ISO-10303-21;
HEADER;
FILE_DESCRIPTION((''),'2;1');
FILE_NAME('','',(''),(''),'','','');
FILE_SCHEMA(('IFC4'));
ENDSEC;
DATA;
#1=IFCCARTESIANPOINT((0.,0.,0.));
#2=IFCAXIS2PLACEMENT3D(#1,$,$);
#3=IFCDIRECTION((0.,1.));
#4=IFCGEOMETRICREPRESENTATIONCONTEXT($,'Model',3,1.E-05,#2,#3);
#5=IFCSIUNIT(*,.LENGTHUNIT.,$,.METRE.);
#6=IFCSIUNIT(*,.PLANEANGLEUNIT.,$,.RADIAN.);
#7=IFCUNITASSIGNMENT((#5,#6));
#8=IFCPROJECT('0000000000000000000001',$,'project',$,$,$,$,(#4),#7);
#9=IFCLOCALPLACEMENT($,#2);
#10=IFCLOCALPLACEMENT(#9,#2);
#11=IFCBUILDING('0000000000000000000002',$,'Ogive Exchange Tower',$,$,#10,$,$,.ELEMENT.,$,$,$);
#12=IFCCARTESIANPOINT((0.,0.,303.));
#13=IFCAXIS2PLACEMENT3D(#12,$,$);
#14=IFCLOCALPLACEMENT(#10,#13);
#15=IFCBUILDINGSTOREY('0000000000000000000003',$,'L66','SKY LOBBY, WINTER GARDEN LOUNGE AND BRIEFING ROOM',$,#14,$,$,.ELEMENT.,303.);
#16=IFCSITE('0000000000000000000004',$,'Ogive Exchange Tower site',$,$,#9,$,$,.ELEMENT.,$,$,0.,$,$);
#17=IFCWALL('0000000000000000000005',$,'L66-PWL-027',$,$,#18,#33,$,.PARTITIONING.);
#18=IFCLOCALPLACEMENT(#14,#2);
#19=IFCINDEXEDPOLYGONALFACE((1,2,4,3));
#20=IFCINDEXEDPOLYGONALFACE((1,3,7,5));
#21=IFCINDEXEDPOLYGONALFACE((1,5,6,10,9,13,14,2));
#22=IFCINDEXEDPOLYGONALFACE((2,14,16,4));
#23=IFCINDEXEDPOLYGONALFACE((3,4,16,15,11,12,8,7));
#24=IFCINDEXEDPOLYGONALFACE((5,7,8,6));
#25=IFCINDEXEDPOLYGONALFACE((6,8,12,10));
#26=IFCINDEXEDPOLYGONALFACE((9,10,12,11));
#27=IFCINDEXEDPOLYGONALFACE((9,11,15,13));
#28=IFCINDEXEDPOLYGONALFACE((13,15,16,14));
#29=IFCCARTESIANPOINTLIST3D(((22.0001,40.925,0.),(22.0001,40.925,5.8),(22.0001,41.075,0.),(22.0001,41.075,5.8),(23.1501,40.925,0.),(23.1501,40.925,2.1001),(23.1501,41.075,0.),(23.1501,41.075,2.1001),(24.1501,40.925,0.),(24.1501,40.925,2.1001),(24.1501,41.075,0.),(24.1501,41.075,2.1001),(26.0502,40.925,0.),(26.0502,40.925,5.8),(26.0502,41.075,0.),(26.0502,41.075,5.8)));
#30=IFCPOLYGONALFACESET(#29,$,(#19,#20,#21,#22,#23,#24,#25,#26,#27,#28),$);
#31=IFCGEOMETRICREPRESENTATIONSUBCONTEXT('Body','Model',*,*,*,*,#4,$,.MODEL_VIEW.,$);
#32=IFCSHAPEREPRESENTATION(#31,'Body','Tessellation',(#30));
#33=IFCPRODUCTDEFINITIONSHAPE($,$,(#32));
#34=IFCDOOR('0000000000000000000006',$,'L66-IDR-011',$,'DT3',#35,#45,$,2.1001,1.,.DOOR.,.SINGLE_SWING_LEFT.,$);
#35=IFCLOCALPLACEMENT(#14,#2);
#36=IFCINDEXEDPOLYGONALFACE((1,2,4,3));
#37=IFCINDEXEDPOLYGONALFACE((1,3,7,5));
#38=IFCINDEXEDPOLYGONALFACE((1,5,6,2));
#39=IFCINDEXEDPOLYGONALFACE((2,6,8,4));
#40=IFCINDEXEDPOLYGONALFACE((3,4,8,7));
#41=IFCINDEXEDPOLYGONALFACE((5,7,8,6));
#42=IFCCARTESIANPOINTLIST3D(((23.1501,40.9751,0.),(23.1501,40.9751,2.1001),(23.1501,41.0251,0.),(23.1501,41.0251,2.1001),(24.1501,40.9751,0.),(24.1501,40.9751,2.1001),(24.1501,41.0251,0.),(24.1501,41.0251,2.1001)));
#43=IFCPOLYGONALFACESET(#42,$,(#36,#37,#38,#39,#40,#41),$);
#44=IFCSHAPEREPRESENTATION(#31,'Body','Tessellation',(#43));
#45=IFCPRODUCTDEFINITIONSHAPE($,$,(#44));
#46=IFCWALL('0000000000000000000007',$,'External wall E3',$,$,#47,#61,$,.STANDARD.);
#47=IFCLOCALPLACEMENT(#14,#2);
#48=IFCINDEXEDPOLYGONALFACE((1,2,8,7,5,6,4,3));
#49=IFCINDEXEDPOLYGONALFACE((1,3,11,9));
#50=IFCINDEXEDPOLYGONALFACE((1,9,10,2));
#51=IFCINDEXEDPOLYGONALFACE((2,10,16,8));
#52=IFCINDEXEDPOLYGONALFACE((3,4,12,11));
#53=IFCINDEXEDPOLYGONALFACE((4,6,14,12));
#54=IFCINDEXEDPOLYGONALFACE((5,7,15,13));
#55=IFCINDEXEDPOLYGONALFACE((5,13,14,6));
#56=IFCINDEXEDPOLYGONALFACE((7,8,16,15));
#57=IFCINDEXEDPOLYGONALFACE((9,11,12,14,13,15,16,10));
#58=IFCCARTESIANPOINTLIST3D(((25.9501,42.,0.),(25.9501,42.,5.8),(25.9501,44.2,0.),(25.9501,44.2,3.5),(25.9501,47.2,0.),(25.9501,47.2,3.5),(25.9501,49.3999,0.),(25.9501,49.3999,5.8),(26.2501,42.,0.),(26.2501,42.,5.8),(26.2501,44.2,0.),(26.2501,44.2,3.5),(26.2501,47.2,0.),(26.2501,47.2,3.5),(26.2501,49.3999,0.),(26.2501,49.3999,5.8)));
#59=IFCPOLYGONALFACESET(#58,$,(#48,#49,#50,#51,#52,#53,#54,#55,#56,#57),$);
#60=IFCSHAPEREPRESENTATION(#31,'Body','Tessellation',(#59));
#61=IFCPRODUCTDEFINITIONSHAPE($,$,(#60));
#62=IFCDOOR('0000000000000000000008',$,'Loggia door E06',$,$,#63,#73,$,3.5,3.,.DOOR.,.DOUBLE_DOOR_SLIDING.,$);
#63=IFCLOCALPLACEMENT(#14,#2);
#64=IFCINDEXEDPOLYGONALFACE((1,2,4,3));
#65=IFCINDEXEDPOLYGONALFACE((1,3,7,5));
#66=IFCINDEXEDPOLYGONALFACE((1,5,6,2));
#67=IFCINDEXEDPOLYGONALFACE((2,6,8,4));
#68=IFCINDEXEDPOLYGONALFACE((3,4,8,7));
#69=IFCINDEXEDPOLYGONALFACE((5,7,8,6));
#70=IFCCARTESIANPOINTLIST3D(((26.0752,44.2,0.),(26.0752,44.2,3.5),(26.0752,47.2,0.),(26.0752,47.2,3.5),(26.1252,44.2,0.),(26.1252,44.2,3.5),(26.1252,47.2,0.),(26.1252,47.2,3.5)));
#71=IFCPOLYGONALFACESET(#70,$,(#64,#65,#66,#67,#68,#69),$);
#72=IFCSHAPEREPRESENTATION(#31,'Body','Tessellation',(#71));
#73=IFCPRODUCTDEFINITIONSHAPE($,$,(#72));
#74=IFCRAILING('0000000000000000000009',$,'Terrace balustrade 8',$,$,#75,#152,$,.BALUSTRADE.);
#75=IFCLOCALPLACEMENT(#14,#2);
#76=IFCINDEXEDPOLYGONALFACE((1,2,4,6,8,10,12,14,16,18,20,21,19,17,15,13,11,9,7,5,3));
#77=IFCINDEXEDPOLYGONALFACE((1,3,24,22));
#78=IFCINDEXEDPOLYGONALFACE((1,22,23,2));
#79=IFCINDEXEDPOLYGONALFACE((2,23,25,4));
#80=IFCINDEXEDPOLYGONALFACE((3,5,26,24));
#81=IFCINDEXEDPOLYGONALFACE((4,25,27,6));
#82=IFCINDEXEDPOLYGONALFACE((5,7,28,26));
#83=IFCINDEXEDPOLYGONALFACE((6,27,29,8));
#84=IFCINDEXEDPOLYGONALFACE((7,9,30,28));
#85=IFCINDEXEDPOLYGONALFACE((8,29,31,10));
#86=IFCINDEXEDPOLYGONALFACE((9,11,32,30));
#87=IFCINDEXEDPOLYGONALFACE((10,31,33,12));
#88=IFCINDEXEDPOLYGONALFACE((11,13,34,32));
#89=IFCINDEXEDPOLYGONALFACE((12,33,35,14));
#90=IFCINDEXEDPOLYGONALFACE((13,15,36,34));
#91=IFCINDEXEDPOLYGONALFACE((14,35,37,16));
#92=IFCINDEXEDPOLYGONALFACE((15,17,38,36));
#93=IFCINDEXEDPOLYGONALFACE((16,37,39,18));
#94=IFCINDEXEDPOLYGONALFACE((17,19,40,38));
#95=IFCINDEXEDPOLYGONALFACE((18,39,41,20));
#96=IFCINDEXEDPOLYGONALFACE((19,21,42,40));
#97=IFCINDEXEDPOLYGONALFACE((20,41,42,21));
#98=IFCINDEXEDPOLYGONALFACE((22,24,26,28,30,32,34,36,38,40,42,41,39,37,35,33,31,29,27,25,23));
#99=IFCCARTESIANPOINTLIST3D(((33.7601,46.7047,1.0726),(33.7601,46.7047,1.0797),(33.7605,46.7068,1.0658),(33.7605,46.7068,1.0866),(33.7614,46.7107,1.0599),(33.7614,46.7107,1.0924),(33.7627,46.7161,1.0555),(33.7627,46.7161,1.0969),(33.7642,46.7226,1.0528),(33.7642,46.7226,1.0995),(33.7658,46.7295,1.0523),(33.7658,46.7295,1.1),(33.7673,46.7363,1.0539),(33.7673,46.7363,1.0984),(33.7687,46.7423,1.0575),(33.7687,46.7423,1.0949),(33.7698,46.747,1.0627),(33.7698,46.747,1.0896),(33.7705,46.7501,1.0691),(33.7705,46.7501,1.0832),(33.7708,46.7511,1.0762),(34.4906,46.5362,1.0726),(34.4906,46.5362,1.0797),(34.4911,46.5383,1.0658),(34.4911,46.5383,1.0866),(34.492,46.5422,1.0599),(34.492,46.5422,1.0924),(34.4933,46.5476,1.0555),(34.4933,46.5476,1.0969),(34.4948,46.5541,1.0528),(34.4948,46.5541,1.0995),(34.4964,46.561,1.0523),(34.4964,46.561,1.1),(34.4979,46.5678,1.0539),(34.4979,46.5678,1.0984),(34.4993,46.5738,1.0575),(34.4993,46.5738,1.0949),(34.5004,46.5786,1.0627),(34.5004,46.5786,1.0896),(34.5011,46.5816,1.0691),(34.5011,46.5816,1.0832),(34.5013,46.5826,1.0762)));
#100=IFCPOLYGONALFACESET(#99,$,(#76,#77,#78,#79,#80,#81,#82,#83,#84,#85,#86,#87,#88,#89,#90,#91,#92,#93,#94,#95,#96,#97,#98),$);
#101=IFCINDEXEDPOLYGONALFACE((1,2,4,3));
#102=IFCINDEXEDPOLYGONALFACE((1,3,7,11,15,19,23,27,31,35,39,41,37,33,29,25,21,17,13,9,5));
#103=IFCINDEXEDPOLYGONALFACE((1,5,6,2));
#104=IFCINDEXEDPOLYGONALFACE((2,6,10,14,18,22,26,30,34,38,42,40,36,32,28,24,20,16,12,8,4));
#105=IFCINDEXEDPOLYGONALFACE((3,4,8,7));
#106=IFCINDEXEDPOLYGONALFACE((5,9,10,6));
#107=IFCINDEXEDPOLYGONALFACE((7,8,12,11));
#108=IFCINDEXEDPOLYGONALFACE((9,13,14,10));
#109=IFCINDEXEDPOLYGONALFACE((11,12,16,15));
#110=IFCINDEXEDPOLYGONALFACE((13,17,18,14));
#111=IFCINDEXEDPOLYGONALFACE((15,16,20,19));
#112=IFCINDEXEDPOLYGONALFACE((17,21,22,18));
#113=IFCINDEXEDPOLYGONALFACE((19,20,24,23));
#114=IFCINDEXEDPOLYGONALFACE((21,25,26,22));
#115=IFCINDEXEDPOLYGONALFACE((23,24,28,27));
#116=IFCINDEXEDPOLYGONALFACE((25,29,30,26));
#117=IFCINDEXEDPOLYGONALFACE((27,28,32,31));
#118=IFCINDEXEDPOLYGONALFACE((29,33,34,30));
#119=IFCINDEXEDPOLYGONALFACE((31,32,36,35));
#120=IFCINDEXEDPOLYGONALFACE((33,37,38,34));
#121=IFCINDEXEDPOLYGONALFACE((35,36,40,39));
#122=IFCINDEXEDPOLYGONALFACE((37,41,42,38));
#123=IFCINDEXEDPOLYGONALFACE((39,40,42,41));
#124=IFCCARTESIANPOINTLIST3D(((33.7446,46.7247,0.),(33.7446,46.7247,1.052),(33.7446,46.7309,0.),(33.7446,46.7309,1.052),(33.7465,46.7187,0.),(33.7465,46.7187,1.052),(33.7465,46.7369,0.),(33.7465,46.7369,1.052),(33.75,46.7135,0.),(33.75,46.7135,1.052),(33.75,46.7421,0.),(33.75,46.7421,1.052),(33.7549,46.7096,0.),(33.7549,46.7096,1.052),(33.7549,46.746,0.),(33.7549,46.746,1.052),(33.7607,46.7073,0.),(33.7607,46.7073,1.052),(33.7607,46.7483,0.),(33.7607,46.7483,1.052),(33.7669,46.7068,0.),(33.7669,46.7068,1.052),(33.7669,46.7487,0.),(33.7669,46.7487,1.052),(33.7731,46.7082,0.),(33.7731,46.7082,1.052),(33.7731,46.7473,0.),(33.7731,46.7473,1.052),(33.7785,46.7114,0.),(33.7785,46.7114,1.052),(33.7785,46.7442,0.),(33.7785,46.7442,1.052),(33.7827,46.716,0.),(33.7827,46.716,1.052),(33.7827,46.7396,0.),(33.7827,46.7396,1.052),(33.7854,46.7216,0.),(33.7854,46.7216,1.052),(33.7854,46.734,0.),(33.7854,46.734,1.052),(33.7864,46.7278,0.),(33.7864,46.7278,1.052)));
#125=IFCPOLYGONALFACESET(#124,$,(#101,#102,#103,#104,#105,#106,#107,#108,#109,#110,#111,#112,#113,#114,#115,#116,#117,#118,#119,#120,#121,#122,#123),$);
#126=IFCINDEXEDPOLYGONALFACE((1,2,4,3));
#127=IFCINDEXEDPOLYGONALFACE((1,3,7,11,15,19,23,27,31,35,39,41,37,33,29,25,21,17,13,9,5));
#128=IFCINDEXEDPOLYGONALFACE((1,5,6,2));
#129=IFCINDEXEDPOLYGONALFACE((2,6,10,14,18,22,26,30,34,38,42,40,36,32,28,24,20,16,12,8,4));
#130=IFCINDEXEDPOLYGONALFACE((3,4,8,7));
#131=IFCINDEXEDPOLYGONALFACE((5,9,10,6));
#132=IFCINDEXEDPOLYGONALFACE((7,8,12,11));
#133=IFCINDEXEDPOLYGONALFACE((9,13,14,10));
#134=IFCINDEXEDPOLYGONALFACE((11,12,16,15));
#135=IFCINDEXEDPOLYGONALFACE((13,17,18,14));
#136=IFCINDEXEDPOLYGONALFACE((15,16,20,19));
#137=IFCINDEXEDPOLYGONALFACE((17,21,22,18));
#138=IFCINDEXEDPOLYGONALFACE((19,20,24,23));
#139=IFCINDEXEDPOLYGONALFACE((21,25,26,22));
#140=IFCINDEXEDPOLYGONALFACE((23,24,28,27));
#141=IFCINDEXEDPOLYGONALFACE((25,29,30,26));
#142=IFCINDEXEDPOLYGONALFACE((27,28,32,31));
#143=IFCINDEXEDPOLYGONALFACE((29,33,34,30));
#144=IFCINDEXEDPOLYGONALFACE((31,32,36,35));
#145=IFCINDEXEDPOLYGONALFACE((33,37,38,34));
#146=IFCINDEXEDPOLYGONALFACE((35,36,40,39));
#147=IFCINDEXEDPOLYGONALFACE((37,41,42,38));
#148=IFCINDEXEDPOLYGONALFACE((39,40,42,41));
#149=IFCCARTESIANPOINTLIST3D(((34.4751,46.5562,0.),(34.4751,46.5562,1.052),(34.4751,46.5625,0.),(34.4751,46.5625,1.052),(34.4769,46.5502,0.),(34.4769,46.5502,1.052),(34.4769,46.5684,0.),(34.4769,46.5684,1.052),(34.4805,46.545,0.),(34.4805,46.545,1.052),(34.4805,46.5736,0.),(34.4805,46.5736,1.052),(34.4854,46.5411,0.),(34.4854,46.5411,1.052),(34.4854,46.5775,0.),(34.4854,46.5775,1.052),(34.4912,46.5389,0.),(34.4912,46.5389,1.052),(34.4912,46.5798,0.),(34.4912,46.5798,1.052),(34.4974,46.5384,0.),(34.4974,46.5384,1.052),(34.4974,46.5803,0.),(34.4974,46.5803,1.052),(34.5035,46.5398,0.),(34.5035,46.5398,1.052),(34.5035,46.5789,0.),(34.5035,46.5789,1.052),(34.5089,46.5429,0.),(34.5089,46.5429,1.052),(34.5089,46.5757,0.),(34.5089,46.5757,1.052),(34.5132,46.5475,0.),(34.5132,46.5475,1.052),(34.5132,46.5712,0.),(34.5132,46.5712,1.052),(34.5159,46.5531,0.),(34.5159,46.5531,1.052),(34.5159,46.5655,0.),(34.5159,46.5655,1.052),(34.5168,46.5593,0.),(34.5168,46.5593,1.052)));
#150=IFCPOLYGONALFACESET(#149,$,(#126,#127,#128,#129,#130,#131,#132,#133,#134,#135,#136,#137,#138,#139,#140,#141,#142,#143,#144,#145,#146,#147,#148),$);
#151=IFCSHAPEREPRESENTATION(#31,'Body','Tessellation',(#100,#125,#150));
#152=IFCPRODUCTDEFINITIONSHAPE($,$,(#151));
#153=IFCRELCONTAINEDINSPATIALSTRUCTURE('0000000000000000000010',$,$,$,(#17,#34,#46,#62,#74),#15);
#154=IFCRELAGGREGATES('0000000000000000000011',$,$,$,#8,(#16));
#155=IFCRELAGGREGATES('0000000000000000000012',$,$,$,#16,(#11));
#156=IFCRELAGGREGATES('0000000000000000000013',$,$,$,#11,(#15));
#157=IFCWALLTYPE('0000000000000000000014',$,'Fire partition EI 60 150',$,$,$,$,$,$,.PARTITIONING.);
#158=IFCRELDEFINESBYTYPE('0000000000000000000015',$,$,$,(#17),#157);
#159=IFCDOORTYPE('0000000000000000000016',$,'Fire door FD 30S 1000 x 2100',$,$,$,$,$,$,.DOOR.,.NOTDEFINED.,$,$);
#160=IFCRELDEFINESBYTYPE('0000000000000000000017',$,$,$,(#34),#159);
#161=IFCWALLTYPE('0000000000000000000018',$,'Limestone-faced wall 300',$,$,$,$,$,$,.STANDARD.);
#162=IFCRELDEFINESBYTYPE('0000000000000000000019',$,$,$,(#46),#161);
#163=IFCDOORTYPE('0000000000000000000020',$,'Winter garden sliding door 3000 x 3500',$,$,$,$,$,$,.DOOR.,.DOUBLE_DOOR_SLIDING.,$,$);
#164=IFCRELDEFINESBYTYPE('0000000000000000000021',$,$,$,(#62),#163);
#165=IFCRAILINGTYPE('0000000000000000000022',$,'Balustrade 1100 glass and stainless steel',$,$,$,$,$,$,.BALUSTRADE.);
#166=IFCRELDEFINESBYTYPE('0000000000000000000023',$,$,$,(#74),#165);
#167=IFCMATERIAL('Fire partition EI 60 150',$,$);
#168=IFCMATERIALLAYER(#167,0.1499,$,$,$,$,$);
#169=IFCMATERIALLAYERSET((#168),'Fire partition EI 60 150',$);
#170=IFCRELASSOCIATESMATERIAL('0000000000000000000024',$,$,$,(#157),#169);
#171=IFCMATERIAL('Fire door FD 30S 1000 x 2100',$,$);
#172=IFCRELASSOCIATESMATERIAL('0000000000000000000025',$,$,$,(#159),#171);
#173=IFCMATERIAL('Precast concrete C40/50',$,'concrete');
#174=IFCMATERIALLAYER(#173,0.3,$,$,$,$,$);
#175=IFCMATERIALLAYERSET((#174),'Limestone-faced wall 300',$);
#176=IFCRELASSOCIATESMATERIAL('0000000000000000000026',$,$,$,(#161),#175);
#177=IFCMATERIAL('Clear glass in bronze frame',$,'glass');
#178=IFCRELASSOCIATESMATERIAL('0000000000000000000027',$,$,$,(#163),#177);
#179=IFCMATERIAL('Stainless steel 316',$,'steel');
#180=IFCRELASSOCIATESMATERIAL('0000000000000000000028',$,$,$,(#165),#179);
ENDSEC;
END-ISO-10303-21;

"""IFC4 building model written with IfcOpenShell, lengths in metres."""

from ifc_helpers import new_model, si_unit, direction, frame, frame_2d, origin, origin_2d, place, context, subcontext, project, spatial, rectangle, circle, extrude, material, layer, layer_set, type_object, element, fill, save


model = new_model("IFC4")

# Units and contexts
model_context = context("Model", 3, precision=1e-05, world=origin(), true_north=direction((0.0, 1.0)))
body_context = subcontext(model_context, "Body", "Model", "MODEL_VIEW")
ifc_project = project(units=[si_unit("LENGTHUNIT", "METRE"), si_unit("PLANEANGLEUNIT", "RADIAN")], contexts=[model_context])

# Site, building, storey
site_placement = place(None, origin())
site = spatial("IfcSite", under=ifc_project, at=site_placement, Name="Ogive Exchange Tower site", CompositionType="ELEMENT", RefElevation=0.0)
building_placement = place(site_placement, origin())
building = spatial("IfcBuilding", under=site, at=building_placement, Name="Ogive Exchange Tower", CompositionType="ELEMENT")
storey_placement = place(building_placement, frame((0.0, 0.0, 303.0)))
storey = spatial("IfcBuildingStorey", under=building, at=storey_placement, Name="L66", Description="SKY LOBBY, WINTER GARDEN LOUNGE AND BRIEFING ROOM", CompositionType="ELEMENT", Elevation=303.0)

# Walls, openings, doors
ifc_material_1 = material(Name="Fire partition EI 60 150")
ifc_layer_1 = layer(ifc_material_1, 0.1499)
ifc_layer_set_1 = layer_set([ifc_layer_1], Name="Fire partition EI 60 150")
wall_type_1 = type_object("IfcWallType", Name="Fire partition EI 60 150", PredefinedType="PARTITIONING", material=ifc_layer_set_1)
wall_1_placement = place(storey_placement, frame((26.05, 41.0, 0.0), z_axis=(0.0, 0.0, 1.0), x_axis=(-1.0, 0.0, 0.0)))
wall_1 = element("IfcWall", 1, at=wall_1_placement, inside=storey, type_object=wall_type_1, Name="L66-PWL-027", PredefinedType="PARTITIONING", context=body_context, shape_type="SweptSolid", body=[
    extrude(rectangle(XDim=4.05, YDim=0.1499, at=frame_2d((2.0249, 0.0))), origin(), (0.0, 0.0, 1.0), 5.8),
])
opening_1_placement = place(wall_1_placement, frame((1.8999, 0.0, 0.0)))
opening_1 = element("IfcOpeningElement", 2, at=opening_1_placement, cuts=wall_1, PredefinedType="OPENING", context=body_context, shape_type="SweptSolid", body=[
    extrude(rectangle(XDim=1.0, YDim=2.1001, at=frame_2d((0.5, 1.05))), frame((0.0, 0.085, 0.0), z_axis=(0.0, -1.0, 0.0), x_axis=(1.0, 0.0, 0.0)), (0.0, 0.0, 1.0), 0.1699),
])
ifc_material_2 = material(Name="Fire door FD 30S 1000 x 2100")
door_type_1 = type_object("IfcDoorType", Name="Fire door FD 30S 1000 x 2100", OperationType="NOTDEFINED", PredefinedType="DOOR", material=ifc_material_2)
door_1_placement = place(opening_1_placement, origin())
door_1 = element("IfcDoor", 3, at=door_1_placement, inside=storey, type_object=door_type_1, Name="L66-IDR-011", ObjectType="DT3", OperationType="SINGLE_SWING_LEFT", OverallHeight=2.1001, OverallWidth=1.0, PredefinedType="DOOR", context=body_context, shape_type="SweptSolid", body=[
    extrude(rectangle(XDim=1.0, YDim=2.1001, at=frame_2d((0.5, 1.05))), frame((0.0, 0.0249, 0.0), z_axis=(0.0, -1.0, 0.0), x_axis=(1.0, 0.0, 0.0)), (0.0, 0.0, 1.0), 0.05),
])
fill(opening_1, door_1)
ifc_material_3 = material(Name="Precast concrete C40/50", Category="concrete")
ifc_layer_2 = layer(ifc_material_3, 0.3)
ifc_layer_set_2 = layer_set([ifc_layer_2], Name="Limestone-faced wall 300")
wall_type_2 = type_object("IfcWallType", Name="Limestone-faced wall 300", PredefinedType="STANDARD", material=ifc_layer_set_2)
wall_2_placement = place(storey_placement, frame((26.1001, 42.0, 0.0), z_axis=(0.0, 0.0, 1.0), x_axis=(0.0, 1.0, 0.0)))
wall_2 = element("IfcWall", 4, at=wall_2_placement, inside=storey, type_object=wall_type_2, Name="External wall E3", PredefinedType="STANDARD", context=body_context, shape_type="SweptSolid", body=[
    extrude(rectangle(XDim=7.3999, YDim=0.3, at=frame_2d((3.7, 0.0))), origin(), (0.0, 0.0, 1.0), 5.8),
])
opening_2_placement = place(wall_2_placement, frame((2.2, 0.0, 0.0)))
opening_2 = element("IfcOpeningElement", 5, at=opening_2_placement, cuts=wall_2, PredefinedType="OPENING", context=body_context, shape_type="SweptSolid", body=[
    extrude(rectangle(XDim=3.0, YDim=3.5, at=frame_2d((1.5, 1.75))), frame((0.0, 0.1599, 0.0), z_axis=(0.0, -1.0, 0.0), x_axis=(1.0, 0.0, 0.0)), (0.0, 0.0, 1.0), 0.3201),
])
ifc_material_4 = material(Name="Clear glass in bronze frame", Category="glass")
door_type_2 = type_object("IfcDoorType", Name="Winter garden sliding door 3000 x 3500", OperationType="DOUBLE_DOOR_SLIDING", PredefinedType="DOOR", material=ifc_material_4)
door_2_placement = place(opening_2_placement, origin())
door_2 = element("IfcDoor", 6, at=door_2_placement, inside=storey, type_object=door_type_2, Name="Loggia door E06", OperationType="DOUBLE_DOOR_SLIDING", OverallHeight=3.5, OverallWidth=3.0, PredefinedType="DOOR", context=body_context, shape_type="SweptSolid", body=[
    extrude(rectangle(XDim=3.0, YDim=3.5, at=frame_2d((1.5, 1.75))), frame((0.0, 0.0249, 0.0), z_axis=(0.0, -1.0, 0.0), x_axis=(1.0, 0.0, 0.0)), (0.0, 0.0, 1.0), 0.05),
])
fill(opening_2, door_2)

# Railing
ifc_material_5 = material(Name="Stainless steel 316", Category="steel")
railing_type = type_object("IfcRailingType", Name="Balustrade 1100 glass and stainless steel", PredefinedType="BALUSTRADE", material=ifc_material_5)
railing_1_placement = place(storey_placement, frame((33.7654, 46.7278, 0.0)))
element("IfcRailing", 7, at=railing_1_placement, inside=storey, type_object=railing_type, Name="Terrace balustrade 8", PredefinedType="BALUSTRADE", context=body_context, shape_type="SweptSolid", body=[
    extrude(circle(Radius=0.0239, at=origin_2d()), frame((0.0, 0.0, 1.0762), z_axis=(0.974424, -0.224717, 0.0), x_axis=(0.224717, 0.974424, 0.0)), (0.0, 0.0, 1.0), 0.7498),
    extrude(circle(Radius=0.021, at=origin_2d()), origin(), (0.0, 0.0, 1.0), 1.052),
    extrude(circle(Radius=0.021, at=origin_2d()), frame((0.7305, -0.1685, 0.0)), (0.0, 0.0, 1.0), 1.052),
])

save(model, "model.ifc")
